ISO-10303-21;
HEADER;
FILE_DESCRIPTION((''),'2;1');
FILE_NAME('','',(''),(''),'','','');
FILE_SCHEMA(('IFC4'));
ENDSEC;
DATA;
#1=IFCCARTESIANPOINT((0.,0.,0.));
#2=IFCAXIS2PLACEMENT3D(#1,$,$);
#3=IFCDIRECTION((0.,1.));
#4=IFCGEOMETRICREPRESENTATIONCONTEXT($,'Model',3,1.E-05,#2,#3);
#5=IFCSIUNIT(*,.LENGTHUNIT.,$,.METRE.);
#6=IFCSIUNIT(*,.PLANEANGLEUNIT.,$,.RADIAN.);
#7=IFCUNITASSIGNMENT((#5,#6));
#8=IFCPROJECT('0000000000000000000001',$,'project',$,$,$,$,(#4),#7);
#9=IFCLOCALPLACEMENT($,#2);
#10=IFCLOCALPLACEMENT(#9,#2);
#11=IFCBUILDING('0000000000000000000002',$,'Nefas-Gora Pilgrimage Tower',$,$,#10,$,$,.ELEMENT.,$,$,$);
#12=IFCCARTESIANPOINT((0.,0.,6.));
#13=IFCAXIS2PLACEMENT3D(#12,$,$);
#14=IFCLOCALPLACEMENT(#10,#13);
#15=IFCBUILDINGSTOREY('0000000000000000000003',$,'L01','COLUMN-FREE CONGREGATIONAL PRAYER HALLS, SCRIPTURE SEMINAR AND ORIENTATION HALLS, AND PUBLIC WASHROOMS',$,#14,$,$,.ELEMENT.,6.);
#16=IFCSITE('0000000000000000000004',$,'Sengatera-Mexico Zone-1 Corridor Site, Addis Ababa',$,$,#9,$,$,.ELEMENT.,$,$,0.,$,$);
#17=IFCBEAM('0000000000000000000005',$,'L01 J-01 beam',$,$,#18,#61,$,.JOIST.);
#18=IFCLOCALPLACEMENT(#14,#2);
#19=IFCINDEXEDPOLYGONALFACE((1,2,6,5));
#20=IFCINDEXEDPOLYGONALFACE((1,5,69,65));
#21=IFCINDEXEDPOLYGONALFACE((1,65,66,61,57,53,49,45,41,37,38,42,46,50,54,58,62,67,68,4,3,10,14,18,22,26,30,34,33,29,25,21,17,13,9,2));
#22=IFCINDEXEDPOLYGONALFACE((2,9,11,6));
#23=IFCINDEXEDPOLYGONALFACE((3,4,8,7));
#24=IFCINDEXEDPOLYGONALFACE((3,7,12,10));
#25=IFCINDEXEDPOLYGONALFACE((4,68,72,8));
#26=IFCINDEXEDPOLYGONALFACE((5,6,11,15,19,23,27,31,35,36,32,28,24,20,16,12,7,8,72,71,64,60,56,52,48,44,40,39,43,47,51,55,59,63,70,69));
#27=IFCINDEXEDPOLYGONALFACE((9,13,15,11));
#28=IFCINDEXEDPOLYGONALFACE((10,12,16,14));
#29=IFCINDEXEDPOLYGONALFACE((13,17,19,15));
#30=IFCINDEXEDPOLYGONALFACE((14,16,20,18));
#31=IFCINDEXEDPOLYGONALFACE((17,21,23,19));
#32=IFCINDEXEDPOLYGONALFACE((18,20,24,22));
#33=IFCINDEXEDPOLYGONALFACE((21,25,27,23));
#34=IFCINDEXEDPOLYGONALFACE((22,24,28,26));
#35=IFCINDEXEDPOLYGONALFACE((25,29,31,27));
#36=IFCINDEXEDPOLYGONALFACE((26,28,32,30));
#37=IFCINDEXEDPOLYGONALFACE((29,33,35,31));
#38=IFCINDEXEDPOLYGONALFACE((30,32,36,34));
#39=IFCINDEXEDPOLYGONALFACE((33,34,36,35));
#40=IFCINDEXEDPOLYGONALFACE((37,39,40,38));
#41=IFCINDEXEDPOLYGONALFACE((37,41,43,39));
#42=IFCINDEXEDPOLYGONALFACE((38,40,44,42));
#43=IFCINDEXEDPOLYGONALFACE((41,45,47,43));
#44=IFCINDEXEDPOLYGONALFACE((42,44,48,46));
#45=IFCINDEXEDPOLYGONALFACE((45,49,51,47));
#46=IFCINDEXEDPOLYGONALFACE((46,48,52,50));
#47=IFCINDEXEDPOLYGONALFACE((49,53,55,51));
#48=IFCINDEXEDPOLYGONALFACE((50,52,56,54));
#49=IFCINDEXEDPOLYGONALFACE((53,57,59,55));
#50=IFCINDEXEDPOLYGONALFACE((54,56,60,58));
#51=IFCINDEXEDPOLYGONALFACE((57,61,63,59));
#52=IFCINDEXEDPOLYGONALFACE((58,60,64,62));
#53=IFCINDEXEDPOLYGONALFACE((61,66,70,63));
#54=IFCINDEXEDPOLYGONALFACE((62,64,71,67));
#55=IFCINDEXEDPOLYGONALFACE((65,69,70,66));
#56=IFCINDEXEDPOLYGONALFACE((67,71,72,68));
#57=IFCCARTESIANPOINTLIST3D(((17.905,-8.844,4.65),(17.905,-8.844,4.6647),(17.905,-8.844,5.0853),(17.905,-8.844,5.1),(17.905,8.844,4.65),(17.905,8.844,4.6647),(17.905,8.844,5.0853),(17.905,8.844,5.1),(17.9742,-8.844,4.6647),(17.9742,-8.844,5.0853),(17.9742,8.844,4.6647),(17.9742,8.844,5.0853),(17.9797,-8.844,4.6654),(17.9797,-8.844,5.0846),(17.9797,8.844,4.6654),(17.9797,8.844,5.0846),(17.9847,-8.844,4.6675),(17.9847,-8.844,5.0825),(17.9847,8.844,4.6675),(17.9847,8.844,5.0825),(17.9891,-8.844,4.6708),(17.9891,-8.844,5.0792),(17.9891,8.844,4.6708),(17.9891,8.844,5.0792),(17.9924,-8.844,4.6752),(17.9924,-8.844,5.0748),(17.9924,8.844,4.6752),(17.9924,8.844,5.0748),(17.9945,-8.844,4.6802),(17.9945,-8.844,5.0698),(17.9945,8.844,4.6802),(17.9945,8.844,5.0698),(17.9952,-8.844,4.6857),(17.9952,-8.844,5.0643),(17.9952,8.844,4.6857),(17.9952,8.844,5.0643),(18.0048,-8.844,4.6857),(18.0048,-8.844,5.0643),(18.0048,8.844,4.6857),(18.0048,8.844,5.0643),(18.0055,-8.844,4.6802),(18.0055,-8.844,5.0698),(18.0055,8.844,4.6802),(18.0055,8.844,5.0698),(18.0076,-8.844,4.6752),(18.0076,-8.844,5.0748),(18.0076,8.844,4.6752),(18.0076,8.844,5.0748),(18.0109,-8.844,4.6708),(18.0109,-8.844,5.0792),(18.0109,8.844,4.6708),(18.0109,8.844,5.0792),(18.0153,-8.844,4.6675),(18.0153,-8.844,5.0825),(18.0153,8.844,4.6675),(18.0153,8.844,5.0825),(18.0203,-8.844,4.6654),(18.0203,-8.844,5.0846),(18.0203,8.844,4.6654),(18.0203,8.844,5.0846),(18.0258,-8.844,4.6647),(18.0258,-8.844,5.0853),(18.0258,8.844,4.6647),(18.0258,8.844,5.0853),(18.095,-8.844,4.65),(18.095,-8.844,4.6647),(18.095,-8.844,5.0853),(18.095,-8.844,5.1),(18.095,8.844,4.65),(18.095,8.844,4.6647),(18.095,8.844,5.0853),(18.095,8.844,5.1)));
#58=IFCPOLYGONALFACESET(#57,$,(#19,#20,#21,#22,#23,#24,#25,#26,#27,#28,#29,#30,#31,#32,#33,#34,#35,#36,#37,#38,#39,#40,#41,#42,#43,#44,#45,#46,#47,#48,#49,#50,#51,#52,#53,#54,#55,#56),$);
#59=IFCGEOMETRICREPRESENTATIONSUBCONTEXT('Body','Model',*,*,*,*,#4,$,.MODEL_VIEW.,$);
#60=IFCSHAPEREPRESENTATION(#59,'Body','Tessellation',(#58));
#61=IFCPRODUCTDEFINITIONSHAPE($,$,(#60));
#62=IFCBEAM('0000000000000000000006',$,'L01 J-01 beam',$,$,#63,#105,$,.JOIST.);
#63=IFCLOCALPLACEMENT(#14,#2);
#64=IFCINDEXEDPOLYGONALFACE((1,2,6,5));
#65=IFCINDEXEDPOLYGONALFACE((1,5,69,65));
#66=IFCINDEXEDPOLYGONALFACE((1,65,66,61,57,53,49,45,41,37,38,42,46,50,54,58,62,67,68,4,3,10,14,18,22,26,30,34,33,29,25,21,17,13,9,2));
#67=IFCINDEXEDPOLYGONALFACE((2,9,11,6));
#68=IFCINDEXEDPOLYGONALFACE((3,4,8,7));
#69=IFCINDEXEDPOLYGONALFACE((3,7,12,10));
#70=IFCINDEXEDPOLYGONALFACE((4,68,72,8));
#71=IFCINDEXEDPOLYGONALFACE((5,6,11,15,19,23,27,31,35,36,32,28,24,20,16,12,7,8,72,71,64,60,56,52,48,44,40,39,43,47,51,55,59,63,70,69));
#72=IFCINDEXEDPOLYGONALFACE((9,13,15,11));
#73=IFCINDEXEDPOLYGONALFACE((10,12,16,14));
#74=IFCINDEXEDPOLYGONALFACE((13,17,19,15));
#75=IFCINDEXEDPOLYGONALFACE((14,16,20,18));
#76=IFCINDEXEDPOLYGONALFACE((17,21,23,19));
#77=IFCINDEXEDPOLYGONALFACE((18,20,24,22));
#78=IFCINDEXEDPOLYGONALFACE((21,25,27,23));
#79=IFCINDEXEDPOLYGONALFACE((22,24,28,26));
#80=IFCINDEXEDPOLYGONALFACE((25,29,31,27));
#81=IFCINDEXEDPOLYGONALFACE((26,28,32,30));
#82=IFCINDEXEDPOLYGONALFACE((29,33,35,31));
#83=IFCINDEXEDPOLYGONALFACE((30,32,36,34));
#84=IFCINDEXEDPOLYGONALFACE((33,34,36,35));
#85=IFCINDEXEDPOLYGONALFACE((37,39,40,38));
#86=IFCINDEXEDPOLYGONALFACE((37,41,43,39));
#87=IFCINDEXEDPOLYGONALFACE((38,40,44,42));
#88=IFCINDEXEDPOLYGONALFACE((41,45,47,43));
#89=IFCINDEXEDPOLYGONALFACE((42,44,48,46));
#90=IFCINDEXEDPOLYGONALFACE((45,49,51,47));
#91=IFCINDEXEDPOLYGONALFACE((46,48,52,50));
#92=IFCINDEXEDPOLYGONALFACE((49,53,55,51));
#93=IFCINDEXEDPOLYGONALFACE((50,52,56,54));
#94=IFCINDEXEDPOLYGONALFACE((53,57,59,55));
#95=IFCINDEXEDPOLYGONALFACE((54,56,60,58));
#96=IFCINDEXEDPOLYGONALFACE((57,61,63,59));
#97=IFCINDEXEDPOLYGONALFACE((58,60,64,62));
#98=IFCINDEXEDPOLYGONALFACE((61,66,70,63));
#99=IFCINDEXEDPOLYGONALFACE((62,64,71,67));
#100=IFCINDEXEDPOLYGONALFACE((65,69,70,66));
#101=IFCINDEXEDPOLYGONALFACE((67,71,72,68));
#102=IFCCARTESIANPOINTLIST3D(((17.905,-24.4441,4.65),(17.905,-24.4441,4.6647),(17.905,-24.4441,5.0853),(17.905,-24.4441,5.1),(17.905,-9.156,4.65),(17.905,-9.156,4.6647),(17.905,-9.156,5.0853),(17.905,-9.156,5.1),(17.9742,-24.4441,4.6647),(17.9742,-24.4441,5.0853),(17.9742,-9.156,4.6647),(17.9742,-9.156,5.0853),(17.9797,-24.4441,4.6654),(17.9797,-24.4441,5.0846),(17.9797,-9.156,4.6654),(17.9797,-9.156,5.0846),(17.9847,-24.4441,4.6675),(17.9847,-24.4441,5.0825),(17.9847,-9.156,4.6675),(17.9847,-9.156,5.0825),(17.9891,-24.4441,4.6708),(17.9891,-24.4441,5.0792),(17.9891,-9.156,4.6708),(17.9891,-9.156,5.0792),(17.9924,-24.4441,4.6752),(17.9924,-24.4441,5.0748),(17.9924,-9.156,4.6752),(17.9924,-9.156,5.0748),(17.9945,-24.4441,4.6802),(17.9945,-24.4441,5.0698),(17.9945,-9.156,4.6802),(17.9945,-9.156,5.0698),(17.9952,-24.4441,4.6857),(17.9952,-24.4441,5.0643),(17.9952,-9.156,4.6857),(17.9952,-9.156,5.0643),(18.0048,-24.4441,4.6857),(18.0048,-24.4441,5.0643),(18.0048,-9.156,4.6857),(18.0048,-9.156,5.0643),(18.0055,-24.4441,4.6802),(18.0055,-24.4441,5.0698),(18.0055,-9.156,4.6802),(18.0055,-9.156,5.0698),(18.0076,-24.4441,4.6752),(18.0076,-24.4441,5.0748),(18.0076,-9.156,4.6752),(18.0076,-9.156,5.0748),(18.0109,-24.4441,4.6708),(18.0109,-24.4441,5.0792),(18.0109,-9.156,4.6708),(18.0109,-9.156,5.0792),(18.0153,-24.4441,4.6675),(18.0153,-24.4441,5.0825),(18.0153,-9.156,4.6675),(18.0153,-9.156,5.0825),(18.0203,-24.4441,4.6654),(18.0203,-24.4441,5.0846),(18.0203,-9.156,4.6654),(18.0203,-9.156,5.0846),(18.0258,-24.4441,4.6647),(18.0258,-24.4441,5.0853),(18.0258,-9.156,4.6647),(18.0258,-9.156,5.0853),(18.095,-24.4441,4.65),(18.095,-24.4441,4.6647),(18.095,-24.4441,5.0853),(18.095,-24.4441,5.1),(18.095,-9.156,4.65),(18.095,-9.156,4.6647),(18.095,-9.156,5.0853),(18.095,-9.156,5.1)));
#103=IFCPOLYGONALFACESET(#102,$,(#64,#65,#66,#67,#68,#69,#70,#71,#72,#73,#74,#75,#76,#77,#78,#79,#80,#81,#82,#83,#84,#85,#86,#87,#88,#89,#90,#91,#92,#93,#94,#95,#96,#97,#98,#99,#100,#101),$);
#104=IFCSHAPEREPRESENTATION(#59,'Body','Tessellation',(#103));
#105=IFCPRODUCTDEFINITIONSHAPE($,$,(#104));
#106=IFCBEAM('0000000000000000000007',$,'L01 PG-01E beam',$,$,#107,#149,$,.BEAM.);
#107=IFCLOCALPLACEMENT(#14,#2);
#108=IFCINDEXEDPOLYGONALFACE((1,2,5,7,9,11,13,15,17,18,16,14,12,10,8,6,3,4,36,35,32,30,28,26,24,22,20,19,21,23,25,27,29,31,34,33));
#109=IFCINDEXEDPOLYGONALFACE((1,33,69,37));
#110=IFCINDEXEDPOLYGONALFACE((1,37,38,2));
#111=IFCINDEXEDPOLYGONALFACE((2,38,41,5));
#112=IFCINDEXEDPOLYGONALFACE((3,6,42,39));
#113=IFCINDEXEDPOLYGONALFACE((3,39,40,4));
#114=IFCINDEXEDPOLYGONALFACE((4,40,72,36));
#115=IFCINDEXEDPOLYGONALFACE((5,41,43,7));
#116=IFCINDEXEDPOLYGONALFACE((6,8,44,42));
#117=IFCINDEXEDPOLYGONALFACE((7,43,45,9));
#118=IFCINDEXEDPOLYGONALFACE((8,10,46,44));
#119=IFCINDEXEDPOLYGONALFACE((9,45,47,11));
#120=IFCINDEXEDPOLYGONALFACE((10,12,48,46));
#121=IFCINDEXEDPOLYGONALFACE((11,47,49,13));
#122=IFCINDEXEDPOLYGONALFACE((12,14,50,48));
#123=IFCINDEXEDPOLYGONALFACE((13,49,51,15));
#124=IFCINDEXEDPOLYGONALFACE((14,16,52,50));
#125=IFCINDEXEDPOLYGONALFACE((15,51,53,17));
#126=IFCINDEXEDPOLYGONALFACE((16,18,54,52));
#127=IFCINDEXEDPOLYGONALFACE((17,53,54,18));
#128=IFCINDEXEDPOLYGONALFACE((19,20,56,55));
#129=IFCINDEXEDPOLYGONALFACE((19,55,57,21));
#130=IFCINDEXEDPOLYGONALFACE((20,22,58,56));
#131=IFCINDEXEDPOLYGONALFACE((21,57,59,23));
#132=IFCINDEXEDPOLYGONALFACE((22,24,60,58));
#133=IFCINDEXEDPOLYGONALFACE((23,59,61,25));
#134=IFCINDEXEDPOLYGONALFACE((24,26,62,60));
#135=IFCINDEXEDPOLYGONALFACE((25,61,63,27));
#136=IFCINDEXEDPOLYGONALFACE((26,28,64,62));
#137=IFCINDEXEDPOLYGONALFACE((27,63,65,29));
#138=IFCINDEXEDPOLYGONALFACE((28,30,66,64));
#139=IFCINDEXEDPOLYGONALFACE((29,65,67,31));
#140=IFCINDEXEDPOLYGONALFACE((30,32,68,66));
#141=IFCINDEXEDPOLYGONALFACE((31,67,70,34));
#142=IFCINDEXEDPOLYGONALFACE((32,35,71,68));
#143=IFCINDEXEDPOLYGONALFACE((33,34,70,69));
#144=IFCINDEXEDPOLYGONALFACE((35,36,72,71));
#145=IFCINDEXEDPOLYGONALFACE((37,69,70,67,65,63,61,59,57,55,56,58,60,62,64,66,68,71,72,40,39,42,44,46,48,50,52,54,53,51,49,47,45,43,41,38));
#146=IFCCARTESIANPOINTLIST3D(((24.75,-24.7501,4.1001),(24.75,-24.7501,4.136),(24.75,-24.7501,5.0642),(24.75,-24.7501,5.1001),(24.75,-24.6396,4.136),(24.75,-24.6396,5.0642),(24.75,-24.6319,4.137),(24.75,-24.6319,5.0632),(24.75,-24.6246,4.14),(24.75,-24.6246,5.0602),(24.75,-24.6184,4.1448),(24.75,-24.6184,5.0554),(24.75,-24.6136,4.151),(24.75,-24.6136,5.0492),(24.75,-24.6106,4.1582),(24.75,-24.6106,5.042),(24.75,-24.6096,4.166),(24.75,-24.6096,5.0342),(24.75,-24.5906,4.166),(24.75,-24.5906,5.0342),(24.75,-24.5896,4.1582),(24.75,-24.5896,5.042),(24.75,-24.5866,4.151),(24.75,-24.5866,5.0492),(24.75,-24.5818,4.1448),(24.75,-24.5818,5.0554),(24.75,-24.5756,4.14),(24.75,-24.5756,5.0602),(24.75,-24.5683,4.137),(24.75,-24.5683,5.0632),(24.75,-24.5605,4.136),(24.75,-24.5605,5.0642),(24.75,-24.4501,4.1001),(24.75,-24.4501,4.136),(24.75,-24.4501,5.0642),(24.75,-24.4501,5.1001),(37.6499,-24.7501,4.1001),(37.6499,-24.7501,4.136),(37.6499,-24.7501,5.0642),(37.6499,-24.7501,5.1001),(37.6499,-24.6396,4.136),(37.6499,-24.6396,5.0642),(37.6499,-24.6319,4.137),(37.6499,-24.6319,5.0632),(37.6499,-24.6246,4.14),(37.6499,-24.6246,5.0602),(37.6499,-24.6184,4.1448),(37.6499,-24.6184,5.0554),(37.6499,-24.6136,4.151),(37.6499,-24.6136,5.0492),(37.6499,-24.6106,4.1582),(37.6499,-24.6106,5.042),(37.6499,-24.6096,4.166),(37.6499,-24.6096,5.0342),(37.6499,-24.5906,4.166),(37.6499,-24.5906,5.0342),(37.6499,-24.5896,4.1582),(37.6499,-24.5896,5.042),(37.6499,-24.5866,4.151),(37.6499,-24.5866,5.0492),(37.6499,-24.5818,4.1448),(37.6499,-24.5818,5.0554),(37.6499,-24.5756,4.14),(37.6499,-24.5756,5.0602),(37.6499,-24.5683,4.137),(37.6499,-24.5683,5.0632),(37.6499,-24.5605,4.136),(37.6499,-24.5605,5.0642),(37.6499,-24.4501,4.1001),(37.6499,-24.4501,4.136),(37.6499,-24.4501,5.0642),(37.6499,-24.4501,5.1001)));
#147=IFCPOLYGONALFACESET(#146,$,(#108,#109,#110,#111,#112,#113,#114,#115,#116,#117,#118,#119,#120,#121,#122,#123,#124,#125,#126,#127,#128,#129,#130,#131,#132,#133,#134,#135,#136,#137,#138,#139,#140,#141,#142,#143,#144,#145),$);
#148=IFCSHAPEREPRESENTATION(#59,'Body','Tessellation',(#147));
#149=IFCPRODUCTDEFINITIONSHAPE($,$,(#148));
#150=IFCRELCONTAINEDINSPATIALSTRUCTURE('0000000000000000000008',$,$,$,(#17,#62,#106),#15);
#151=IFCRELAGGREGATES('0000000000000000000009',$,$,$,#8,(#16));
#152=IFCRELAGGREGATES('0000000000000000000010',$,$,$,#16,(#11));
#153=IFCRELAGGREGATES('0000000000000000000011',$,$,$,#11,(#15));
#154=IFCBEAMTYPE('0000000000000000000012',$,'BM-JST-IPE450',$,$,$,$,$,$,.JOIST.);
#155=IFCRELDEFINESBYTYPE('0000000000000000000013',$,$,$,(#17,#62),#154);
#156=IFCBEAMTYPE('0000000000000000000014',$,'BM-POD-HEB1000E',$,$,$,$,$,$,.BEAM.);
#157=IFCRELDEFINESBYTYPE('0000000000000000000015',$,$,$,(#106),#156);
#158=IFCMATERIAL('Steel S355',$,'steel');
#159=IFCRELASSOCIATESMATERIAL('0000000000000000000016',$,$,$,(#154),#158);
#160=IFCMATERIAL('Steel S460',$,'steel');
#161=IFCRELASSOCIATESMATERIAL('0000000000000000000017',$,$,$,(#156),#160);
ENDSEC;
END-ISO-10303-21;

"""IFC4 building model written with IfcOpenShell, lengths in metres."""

from ifc_helpers import new_model, si_unit, direction, frame, origin, origin_2d, place, context, subcontext, project, spatial, i_section, extrude, source, transform, mapped, material, material_profile, profile_set, type_object, element, save


model = new_model("IFC4")

# Units and contexts
model_context = context("Model", 3, precision=1e-05, world=origin(), true_north=direction((0.0, 1.0)))
body_context = subcontext(model_context, "Body", "Model", "MODEL_VIEW")
ifc_project = project(units=[si_unit("LENGTHUNIT", "METRE"), si_unit("PLANEANGLEUNIT", "RADIAN")], contexts=[model_context])

# Site, building, storey
site_placement = place(None, origin())
site = spatial("IfcSite", under=ifc_project, at=site_placement, Name="Sengatera-Mexico Zone-1 Corridor Site, Addis Ababa", CompositionType="ELEMENT", RefElevation=0.0)
building_placement = place(site_placement, origin())
building = spatial("IfcBuilding", under=site, at=building_placement, Name="Nefas-Gora Pilgrimage Tower", CompositionType="ELEMENT")
storey_placement = place(building_placement, frame((0.0, 0.0, 6.0)))
storey = spatial("IfcBuildingStorey", under=building, at=storey_placement, Name="L01", Description="COLUMN-FREE CONGREGATIONAL PRAYER HALLS, SCRIPTURE SEMINAR AND ORIENTATION HALLS, AND PUBLIC WASHROOMS", CompositionType="ELEMENT", Elevation=6.0)

# Shared definitions
ifc_material_1 = material(Name="Steel S460", Category="steel")

# Beams
ifc_material_2 = material(Name="Steel S355", Category="steel")
ifc_material_profile_1 = material_profile(ifc_material_2, i_section(OverallWidth=0.1899, OverallDepth=0.45, WebThickness=0.0095, FlangeThickness=0.0146, FilletRadius=0.021, at=origin_2d()), Name="IPE 450")
ifc_profile_set_1 = profile_set([ifc_material_profile_1], Name="Steel S355")
beam_type_1 = type_object("IfcBeamType", Name="BM-JST-IPE450", PredefinedType="JOIST", material=ifc_profile_set_1)
shared_shape_1 = source(origin(), body_context, "Body", "SweptSolid", [
    extrude(i_section(OverallWidth=0.1899, OverallDepth=0.45, WebThickness=0.0095, FlangeThickness=0.0146, FilletRadius=0.021, at=origin_2d()), origin(), (0.0, 0.0, 1.0), 17.688),
])
beam_1_placement = place(storey_placement, frame((18.0, -8.844, 4.875), z_axis=(0.0, 1.0, 0.0), x_axis=(-1.0, 0.0, 0.0)))
element("IfcBeam", 1, at=beam_1_placement, inside=storey, type_object=beam_type_1, Name="L01 J-01 beam", PredefinedType="JOIST", context=body_context, shape_type="MappedRepresentation", body=[
    mapped(shared_shape_1, transform((0.0, 0.0, 0.0), x_axis=(1.0, 0.0, 0.0), y_axis=(0.0, 1.0, 0.0), z_axis=(0.0, 0.0, 1.0), scale=1.0)),
])
shared_shape_2 = source(origin(), body_context, "Body", "SweptSolid", [
    extrude(i_section(OverallWidth=0.1899, OverallDepth=0.45, WebThickness=0.0095, FlangeThickness=0.0146, FilletRadius=0.021, at=origin_2d()), origin(), (0.0, 0.0, 1.0), 15.2881),
])
beam_2_placement = place(storey_placement, frame((18.0, -24.4441, 4.875), z_axis=(0.0, 1.0, 0.0), x_axis=(-1.0, 0.0, 0.0)))
element("IfcBeam", 2, at=beam_2_placement, inside=storey, type_object=beam_type_1, Name="L01 J-01 beam", PredefinedType="JOIST", context=body_context, shape_type="MappedRepresentation", body=[
    mapped(shared_shape_2, transform((0.0, 0.0, 0.0), x_axis=(1.0, 0.0, 0.0), y_axis=(0.0, 1.0, 0.0), z_axis=(0.0, 0.0, 1.0), scale=1.0)),
])
ifc_material_profile_2 = material_profile(ifc_material_1, i_section(OverallWidth=0.3, OverallDepth=1.0, WebThickness=0.019, FlangeThickness=0.0359, FilletRadius=0.03, at=origin_2d()), Name="HEB 1000")
ifc_profile_set_2 = profile_set([ifc_material_profile_2], Name="Steel S460")
beam_type_2 = type_object("IfcBeamType", Name="BM-POD-HEB1000E", PredefinedType="BEAM", material=ifc_profile_set_2)
shared_shape_3 = source(origin(), body_context, "Body", "SweptSolid", [
    extrude(i_section(OverallWidth=0.3, OverallDepth=1.0, WebThickness=0.019, FlangeThickness=0.0359, FilletRadius=0.03, at=origin_2d()), origin(), (0.0, 0.0, 1.0), 12.8999),
])
beam_3_placement = place(storey_placement, frame((24.75, -24.6001, 4.6001), z_axis=(1.0, 0.0, 0.0), x_axis=(0.0, 1.0, 0.0)))
element("IfcBeam", 3, at=beam_3_placement, inside=storey, type_object=beam_type_2, Name="L01 PG-01E beam", PredefinedType="BEAM", context=body_context, shape_type="MappedRepresentation", body=[
    mapped(shared_shape_3, transform((0.0, 0.0, 0.0), x_axis=(1.0, 0.0, 0.0), y_axis=(0.0, 1.0, 0.0), z_axis=(0.0, 0.0, 1.0), scale=1.0)),
])

save(model, "model.ifc")
